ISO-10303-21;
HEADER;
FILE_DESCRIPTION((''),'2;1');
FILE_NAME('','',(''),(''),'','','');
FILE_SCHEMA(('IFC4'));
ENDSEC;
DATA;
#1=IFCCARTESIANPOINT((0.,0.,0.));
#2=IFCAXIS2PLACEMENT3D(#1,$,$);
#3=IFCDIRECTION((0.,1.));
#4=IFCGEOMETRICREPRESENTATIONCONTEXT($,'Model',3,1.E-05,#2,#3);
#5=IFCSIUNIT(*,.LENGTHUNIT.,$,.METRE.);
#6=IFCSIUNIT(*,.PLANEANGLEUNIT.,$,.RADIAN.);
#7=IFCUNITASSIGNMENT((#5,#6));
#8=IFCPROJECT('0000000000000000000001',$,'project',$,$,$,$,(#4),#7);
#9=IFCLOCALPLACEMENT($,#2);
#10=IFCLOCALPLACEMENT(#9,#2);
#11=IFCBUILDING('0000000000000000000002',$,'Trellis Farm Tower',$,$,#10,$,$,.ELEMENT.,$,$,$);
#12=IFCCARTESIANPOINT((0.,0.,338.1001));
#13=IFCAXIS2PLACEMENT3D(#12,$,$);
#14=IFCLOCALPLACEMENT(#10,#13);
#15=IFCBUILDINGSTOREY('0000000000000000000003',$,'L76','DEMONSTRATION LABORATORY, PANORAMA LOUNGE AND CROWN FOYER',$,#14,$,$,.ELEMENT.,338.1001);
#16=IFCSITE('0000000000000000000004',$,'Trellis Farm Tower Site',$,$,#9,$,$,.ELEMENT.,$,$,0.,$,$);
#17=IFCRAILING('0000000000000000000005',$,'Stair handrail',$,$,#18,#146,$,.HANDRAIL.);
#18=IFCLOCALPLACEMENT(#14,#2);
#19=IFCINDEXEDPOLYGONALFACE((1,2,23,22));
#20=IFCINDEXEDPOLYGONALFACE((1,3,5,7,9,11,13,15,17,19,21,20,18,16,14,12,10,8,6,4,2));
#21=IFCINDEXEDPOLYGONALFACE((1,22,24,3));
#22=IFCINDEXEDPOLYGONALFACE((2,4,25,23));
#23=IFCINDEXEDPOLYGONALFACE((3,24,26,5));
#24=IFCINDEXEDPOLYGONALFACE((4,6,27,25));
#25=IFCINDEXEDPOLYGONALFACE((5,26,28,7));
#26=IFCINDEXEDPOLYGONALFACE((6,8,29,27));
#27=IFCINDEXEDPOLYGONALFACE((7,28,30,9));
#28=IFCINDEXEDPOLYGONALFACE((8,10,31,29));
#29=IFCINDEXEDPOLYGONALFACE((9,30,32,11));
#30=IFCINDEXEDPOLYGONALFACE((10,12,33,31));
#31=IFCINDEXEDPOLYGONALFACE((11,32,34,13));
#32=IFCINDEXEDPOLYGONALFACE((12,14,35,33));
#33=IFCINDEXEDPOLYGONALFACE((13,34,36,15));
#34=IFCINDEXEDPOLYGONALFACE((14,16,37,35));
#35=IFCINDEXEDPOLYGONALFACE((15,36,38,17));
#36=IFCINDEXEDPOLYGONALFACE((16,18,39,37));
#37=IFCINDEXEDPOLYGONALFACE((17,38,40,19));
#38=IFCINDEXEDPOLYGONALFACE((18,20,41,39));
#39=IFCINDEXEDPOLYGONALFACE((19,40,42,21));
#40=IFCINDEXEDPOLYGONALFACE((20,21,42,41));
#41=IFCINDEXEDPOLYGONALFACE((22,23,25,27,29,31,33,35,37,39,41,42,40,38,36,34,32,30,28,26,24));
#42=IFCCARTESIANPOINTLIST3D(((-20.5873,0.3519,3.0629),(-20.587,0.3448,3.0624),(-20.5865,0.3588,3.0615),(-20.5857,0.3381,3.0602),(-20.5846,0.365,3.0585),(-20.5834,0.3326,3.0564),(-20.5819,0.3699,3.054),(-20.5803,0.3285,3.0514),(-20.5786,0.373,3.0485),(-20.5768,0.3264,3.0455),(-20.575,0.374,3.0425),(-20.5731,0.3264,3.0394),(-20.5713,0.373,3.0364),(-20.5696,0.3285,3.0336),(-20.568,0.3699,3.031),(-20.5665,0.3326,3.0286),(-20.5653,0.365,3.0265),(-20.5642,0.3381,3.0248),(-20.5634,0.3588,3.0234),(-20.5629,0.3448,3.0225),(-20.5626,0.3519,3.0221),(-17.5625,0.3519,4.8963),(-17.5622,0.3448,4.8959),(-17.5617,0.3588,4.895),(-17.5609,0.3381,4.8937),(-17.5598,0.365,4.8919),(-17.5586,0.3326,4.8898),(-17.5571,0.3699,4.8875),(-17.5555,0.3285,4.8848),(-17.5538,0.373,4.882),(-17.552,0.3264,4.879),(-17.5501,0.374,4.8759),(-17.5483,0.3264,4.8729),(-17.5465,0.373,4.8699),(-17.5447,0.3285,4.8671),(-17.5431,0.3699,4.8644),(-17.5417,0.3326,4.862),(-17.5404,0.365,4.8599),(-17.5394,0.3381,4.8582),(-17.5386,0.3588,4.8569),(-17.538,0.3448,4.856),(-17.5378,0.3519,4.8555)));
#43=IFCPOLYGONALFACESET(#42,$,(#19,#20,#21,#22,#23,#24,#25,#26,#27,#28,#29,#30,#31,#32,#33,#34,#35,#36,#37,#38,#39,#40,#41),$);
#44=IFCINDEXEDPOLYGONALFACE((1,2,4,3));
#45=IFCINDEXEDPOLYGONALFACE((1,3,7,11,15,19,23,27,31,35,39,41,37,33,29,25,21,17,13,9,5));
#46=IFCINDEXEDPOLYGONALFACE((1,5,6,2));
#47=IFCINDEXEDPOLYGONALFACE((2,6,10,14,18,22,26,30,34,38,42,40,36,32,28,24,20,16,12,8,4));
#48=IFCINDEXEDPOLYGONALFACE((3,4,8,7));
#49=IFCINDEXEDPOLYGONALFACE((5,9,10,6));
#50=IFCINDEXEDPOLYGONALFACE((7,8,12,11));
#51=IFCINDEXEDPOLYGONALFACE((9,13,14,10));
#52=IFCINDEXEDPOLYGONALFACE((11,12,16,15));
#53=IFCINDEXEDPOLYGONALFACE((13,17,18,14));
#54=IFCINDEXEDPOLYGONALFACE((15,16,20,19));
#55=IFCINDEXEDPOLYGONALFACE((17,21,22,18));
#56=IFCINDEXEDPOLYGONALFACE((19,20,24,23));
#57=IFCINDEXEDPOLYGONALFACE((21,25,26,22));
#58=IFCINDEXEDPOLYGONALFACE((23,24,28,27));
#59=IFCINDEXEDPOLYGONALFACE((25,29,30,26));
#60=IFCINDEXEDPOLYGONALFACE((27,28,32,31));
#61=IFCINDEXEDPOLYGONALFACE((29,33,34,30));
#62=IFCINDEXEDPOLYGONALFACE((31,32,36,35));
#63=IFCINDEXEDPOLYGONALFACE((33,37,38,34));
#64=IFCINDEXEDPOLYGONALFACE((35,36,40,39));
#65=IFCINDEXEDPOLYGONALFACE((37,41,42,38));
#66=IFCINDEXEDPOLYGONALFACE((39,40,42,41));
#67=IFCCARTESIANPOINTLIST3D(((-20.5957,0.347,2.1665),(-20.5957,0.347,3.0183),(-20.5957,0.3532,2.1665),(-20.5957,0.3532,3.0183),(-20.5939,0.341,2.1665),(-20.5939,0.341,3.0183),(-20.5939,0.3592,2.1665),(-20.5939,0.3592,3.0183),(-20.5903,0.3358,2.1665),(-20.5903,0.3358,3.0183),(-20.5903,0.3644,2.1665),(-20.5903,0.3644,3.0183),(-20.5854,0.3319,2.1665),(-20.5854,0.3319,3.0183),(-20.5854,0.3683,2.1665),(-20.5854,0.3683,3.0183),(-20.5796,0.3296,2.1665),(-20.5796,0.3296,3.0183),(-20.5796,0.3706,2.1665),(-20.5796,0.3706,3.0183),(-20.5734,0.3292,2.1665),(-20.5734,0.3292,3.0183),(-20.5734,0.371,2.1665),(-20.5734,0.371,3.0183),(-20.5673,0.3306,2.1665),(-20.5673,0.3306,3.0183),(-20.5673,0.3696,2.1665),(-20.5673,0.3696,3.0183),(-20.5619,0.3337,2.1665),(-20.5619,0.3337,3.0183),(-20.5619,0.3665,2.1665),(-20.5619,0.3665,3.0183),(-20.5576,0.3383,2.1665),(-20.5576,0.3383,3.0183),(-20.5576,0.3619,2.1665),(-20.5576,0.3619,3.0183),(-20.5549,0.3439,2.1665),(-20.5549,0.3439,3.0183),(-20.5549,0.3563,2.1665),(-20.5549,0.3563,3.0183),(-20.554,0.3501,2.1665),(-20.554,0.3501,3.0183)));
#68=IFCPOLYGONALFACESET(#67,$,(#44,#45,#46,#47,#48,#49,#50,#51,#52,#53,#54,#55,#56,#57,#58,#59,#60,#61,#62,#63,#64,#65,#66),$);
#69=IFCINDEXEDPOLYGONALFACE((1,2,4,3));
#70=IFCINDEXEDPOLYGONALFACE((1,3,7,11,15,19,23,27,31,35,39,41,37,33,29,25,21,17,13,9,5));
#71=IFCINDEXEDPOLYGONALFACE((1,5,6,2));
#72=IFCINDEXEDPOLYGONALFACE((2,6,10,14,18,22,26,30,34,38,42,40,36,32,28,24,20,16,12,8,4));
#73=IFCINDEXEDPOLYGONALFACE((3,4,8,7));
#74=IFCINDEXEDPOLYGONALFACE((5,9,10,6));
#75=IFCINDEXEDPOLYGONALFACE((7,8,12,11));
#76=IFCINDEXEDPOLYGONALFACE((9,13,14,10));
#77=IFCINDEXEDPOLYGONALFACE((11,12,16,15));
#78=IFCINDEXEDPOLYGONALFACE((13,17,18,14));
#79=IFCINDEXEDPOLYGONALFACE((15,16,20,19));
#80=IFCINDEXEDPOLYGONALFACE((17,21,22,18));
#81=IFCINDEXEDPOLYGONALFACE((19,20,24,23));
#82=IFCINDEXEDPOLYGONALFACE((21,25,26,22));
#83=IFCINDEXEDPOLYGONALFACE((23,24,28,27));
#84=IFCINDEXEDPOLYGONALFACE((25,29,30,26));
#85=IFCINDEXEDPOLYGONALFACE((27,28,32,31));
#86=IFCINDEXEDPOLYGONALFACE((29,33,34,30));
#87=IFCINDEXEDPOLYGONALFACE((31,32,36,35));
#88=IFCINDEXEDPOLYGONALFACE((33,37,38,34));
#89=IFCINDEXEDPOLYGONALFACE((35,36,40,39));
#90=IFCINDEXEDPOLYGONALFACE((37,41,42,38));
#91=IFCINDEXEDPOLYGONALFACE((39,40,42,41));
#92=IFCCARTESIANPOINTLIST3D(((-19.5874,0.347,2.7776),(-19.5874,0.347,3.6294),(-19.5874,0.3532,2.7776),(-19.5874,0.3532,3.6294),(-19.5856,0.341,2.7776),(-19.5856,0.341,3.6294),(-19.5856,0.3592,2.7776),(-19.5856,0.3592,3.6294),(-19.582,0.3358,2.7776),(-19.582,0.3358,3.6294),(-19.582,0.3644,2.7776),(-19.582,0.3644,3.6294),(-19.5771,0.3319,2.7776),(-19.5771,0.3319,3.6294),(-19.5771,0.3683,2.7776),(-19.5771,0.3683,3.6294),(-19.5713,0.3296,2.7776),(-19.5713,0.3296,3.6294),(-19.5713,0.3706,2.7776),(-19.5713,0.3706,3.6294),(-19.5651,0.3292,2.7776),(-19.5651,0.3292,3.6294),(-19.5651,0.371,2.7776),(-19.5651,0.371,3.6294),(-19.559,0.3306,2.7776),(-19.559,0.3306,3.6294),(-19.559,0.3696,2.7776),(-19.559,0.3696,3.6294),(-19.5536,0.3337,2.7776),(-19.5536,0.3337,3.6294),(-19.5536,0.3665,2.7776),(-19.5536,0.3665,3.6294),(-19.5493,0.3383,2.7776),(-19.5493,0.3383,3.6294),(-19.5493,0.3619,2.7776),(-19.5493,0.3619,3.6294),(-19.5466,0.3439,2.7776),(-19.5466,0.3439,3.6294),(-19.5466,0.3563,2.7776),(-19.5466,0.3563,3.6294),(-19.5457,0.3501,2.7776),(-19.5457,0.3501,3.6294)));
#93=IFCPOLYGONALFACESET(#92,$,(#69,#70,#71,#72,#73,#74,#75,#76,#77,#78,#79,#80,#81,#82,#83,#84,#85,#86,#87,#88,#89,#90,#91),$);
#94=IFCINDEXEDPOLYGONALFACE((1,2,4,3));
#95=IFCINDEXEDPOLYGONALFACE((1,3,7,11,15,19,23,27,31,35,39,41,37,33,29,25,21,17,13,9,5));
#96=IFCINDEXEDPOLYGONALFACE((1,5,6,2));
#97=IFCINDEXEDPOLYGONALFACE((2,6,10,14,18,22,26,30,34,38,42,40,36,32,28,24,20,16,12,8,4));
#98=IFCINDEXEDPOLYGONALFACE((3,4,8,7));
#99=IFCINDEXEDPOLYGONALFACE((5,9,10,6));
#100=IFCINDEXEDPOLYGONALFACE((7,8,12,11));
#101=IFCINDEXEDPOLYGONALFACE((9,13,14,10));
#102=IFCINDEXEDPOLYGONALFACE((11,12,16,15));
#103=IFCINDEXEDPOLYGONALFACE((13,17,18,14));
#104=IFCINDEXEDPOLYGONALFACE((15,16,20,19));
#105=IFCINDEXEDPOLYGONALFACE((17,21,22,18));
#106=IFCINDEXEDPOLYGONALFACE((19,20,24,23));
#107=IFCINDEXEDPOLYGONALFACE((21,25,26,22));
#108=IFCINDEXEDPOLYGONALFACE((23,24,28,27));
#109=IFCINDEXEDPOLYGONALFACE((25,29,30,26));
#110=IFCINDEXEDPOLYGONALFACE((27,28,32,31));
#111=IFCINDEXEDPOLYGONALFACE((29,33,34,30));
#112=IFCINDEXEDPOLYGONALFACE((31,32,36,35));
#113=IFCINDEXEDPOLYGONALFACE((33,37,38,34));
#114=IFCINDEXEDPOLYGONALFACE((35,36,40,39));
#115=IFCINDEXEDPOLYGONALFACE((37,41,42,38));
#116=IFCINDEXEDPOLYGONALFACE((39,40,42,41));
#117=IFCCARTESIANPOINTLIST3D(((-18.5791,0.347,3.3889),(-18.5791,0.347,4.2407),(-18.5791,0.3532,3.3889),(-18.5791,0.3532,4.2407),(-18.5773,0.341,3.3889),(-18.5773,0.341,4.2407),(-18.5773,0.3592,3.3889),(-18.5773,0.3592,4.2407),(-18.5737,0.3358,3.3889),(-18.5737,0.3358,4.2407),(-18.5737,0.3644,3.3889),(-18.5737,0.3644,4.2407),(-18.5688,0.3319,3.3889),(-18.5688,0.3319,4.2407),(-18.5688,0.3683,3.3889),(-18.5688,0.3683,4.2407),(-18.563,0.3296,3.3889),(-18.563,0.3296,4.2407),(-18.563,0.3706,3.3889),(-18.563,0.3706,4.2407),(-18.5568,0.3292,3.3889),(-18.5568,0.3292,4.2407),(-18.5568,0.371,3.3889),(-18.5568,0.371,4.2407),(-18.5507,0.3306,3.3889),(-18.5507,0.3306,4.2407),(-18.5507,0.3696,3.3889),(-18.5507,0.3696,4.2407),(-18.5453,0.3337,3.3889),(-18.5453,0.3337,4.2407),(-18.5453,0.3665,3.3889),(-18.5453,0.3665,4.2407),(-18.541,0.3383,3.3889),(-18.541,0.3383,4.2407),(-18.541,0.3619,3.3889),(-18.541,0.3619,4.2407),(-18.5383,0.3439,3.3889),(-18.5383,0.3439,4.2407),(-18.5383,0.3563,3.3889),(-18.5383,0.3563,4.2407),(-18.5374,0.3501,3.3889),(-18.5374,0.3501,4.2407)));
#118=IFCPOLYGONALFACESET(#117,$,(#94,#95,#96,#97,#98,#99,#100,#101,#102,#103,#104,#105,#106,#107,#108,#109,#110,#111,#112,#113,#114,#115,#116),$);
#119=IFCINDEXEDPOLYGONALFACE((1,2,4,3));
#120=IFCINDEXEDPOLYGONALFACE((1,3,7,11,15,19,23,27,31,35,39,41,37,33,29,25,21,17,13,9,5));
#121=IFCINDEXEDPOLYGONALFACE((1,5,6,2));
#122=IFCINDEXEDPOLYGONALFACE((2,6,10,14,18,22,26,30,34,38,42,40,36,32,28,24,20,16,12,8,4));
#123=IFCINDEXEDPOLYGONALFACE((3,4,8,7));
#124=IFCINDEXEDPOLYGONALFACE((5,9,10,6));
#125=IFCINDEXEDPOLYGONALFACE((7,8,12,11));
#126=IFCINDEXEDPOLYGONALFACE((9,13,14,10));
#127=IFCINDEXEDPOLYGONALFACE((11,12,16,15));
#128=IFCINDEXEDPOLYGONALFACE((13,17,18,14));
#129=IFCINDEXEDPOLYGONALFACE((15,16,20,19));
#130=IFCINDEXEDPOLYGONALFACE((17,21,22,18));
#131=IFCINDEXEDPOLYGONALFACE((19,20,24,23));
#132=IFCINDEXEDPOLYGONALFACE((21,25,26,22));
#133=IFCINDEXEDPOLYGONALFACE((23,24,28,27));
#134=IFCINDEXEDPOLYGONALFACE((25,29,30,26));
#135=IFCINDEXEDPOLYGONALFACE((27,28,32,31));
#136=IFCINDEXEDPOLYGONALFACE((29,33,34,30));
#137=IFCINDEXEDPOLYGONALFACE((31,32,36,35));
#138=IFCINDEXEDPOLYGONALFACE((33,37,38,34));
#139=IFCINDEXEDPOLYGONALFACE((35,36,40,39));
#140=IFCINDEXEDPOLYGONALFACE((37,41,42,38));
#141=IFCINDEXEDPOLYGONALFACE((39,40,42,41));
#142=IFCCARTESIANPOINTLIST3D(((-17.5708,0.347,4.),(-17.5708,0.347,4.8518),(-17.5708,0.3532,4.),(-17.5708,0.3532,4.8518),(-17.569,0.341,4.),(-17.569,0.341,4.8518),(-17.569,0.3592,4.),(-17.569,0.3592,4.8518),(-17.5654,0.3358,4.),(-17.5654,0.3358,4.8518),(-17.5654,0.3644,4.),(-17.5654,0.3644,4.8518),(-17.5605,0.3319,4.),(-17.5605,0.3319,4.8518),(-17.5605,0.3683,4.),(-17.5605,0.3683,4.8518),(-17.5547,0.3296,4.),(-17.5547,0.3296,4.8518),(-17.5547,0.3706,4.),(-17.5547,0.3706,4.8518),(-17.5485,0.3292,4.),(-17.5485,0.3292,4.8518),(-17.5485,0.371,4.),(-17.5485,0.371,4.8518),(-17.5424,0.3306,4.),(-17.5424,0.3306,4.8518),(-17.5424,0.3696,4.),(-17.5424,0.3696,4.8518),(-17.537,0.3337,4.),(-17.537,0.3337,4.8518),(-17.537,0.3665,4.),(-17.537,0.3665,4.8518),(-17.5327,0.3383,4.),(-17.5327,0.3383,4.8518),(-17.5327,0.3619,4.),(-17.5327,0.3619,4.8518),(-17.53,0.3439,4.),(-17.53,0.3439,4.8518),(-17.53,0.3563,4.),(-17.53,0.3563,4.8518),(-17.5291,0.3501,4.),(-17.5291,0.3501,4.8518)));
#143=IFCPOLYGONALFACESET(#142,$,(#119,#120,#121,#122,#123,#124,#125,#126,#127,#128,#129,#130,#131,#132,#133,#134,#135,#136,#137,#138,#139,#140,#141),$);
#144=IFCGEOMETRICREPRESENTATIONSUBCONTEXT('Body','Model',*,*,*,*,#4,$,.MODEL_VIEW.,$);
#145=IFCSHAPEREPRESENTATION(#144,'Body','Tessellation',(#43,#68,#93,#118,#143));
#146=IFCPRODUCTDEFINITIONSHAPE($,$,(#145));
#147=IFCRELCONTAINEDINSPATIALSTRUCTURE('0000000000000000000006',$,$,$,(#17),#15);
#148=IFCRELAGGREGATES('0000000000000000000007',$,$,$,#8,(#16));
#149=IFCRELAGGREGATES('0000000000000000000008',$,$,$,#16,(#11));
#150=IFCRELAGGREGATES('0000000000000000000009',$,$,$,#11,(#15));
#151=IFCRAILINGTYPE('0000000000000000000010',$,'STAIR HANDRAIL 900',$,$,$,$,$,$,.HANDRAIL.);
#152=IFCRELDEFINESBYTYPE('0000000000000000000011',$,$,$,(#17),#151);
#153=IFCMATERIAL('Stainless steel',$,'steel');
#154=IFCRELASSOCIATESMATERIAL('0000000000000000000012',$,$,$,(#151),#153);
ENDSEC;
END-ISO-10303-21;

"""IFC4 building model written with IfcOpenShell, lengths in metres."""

from ifc_helpers import new_model, si_unit, direction, frame, origin, origin_2d, place, context, subcontext, project, spatial, circle, extrude, source, transform, mapped, material, type_object, element, save


model = new_model("IFC4")

# Units and contexts
model_context = context("Model", 3, precision=1e-05, world=origin(), true_north=direction((0.0, 1.0)))
body_context = subcontext(model_context, "Body", "Model", "MODEL_VIEW")
ifc_project = project(units=[si_unit("LENGTHUNIT", "METRE"), si_unit("PLANEANGLEUNIT", "RADIAN")], contexts=[model_context])

# Site, building, storey
site_placement = place(None, origin())
site = spatial("IfcSite", under=ifc_project, at=site_placement, Name="Trellis Farm Tower Site", CompositionType="ELEMENT", RefElevation=0.0)
building_placement = place(site_placement, origin())
building = spatial("IfcBuilding", under=site, at=building_placement, Name="Trellis Farm Tower", CompositionType="ELEMENT")
storey_placement = place(building_placement, frame((0.0, 0.0, 338.1001)))
storey = spatial("IfcBuildingStorey", under=building, at=storey_placement, Name="L76", Description="DEMONSTRATION LABORATORY, PANORAMA LOUNGE AND CROWN FOYER", CompositionType="ELEMENT", Elevation=338.1001)

# Railing
ifc_material_1 = material(Name="Stainless steel", Category="steel")
railing_type = type_object("IfcRailingType", Name="STAIR HANDRAIL 900", PredefinedType="HANDRAIL", material=ifc_material_1)
shared_shape_1 = source(origin(), body_context, "Body", "SweptSolid", [
    extrude(circle(Radius=0.0239, at=origin_2d()), frame((0.0, 0.0, 0.876), z_axis=(0.85517, 0.0, 0.518348), x_axis=(0.0, 1.0, 0.0)), (0.0, 0.0, 1.0), 3.5371),
    extrude(circle(Radius=0.021, at=origin_2d()), origin(), (0.0, 0.0, 1.0), 0.8518),
    extrude(circle(Radius=0.021, at=origin_2d()), frame((1.0083, 0.0, 0.6111)), (0.0, 0.0, 1.0), 0.8518),
    extrude(circle(Radius=0.021, at=origin_2d()), frame((2.0166, 0.0, 1.2224)), (0.0, 0.0, 1.0), 0.8518),
    extrude(circle(Radius=0.021, at=origin_2d()), frame((3.0249, 0.0, 1.8335)), (0.0, 0.0, 1.0), 0.8518),
])
for number, where, name in (
    (1, (-20.575, 0.3501, 2.1665), "Stair handrail"),
):
    element("IfcRailing", number, at=place(storey_placement, frame(where)), inside=storey, type_object=railing_type, Name=name, PredefinedType="HANDRAIL", context=body_context, shape_type="MappedRepresentation", body=[
        mapped(shared_shape_1, transform((0.0, 0.0, 0.0))),
    ])

save(model, "model.ifc")
